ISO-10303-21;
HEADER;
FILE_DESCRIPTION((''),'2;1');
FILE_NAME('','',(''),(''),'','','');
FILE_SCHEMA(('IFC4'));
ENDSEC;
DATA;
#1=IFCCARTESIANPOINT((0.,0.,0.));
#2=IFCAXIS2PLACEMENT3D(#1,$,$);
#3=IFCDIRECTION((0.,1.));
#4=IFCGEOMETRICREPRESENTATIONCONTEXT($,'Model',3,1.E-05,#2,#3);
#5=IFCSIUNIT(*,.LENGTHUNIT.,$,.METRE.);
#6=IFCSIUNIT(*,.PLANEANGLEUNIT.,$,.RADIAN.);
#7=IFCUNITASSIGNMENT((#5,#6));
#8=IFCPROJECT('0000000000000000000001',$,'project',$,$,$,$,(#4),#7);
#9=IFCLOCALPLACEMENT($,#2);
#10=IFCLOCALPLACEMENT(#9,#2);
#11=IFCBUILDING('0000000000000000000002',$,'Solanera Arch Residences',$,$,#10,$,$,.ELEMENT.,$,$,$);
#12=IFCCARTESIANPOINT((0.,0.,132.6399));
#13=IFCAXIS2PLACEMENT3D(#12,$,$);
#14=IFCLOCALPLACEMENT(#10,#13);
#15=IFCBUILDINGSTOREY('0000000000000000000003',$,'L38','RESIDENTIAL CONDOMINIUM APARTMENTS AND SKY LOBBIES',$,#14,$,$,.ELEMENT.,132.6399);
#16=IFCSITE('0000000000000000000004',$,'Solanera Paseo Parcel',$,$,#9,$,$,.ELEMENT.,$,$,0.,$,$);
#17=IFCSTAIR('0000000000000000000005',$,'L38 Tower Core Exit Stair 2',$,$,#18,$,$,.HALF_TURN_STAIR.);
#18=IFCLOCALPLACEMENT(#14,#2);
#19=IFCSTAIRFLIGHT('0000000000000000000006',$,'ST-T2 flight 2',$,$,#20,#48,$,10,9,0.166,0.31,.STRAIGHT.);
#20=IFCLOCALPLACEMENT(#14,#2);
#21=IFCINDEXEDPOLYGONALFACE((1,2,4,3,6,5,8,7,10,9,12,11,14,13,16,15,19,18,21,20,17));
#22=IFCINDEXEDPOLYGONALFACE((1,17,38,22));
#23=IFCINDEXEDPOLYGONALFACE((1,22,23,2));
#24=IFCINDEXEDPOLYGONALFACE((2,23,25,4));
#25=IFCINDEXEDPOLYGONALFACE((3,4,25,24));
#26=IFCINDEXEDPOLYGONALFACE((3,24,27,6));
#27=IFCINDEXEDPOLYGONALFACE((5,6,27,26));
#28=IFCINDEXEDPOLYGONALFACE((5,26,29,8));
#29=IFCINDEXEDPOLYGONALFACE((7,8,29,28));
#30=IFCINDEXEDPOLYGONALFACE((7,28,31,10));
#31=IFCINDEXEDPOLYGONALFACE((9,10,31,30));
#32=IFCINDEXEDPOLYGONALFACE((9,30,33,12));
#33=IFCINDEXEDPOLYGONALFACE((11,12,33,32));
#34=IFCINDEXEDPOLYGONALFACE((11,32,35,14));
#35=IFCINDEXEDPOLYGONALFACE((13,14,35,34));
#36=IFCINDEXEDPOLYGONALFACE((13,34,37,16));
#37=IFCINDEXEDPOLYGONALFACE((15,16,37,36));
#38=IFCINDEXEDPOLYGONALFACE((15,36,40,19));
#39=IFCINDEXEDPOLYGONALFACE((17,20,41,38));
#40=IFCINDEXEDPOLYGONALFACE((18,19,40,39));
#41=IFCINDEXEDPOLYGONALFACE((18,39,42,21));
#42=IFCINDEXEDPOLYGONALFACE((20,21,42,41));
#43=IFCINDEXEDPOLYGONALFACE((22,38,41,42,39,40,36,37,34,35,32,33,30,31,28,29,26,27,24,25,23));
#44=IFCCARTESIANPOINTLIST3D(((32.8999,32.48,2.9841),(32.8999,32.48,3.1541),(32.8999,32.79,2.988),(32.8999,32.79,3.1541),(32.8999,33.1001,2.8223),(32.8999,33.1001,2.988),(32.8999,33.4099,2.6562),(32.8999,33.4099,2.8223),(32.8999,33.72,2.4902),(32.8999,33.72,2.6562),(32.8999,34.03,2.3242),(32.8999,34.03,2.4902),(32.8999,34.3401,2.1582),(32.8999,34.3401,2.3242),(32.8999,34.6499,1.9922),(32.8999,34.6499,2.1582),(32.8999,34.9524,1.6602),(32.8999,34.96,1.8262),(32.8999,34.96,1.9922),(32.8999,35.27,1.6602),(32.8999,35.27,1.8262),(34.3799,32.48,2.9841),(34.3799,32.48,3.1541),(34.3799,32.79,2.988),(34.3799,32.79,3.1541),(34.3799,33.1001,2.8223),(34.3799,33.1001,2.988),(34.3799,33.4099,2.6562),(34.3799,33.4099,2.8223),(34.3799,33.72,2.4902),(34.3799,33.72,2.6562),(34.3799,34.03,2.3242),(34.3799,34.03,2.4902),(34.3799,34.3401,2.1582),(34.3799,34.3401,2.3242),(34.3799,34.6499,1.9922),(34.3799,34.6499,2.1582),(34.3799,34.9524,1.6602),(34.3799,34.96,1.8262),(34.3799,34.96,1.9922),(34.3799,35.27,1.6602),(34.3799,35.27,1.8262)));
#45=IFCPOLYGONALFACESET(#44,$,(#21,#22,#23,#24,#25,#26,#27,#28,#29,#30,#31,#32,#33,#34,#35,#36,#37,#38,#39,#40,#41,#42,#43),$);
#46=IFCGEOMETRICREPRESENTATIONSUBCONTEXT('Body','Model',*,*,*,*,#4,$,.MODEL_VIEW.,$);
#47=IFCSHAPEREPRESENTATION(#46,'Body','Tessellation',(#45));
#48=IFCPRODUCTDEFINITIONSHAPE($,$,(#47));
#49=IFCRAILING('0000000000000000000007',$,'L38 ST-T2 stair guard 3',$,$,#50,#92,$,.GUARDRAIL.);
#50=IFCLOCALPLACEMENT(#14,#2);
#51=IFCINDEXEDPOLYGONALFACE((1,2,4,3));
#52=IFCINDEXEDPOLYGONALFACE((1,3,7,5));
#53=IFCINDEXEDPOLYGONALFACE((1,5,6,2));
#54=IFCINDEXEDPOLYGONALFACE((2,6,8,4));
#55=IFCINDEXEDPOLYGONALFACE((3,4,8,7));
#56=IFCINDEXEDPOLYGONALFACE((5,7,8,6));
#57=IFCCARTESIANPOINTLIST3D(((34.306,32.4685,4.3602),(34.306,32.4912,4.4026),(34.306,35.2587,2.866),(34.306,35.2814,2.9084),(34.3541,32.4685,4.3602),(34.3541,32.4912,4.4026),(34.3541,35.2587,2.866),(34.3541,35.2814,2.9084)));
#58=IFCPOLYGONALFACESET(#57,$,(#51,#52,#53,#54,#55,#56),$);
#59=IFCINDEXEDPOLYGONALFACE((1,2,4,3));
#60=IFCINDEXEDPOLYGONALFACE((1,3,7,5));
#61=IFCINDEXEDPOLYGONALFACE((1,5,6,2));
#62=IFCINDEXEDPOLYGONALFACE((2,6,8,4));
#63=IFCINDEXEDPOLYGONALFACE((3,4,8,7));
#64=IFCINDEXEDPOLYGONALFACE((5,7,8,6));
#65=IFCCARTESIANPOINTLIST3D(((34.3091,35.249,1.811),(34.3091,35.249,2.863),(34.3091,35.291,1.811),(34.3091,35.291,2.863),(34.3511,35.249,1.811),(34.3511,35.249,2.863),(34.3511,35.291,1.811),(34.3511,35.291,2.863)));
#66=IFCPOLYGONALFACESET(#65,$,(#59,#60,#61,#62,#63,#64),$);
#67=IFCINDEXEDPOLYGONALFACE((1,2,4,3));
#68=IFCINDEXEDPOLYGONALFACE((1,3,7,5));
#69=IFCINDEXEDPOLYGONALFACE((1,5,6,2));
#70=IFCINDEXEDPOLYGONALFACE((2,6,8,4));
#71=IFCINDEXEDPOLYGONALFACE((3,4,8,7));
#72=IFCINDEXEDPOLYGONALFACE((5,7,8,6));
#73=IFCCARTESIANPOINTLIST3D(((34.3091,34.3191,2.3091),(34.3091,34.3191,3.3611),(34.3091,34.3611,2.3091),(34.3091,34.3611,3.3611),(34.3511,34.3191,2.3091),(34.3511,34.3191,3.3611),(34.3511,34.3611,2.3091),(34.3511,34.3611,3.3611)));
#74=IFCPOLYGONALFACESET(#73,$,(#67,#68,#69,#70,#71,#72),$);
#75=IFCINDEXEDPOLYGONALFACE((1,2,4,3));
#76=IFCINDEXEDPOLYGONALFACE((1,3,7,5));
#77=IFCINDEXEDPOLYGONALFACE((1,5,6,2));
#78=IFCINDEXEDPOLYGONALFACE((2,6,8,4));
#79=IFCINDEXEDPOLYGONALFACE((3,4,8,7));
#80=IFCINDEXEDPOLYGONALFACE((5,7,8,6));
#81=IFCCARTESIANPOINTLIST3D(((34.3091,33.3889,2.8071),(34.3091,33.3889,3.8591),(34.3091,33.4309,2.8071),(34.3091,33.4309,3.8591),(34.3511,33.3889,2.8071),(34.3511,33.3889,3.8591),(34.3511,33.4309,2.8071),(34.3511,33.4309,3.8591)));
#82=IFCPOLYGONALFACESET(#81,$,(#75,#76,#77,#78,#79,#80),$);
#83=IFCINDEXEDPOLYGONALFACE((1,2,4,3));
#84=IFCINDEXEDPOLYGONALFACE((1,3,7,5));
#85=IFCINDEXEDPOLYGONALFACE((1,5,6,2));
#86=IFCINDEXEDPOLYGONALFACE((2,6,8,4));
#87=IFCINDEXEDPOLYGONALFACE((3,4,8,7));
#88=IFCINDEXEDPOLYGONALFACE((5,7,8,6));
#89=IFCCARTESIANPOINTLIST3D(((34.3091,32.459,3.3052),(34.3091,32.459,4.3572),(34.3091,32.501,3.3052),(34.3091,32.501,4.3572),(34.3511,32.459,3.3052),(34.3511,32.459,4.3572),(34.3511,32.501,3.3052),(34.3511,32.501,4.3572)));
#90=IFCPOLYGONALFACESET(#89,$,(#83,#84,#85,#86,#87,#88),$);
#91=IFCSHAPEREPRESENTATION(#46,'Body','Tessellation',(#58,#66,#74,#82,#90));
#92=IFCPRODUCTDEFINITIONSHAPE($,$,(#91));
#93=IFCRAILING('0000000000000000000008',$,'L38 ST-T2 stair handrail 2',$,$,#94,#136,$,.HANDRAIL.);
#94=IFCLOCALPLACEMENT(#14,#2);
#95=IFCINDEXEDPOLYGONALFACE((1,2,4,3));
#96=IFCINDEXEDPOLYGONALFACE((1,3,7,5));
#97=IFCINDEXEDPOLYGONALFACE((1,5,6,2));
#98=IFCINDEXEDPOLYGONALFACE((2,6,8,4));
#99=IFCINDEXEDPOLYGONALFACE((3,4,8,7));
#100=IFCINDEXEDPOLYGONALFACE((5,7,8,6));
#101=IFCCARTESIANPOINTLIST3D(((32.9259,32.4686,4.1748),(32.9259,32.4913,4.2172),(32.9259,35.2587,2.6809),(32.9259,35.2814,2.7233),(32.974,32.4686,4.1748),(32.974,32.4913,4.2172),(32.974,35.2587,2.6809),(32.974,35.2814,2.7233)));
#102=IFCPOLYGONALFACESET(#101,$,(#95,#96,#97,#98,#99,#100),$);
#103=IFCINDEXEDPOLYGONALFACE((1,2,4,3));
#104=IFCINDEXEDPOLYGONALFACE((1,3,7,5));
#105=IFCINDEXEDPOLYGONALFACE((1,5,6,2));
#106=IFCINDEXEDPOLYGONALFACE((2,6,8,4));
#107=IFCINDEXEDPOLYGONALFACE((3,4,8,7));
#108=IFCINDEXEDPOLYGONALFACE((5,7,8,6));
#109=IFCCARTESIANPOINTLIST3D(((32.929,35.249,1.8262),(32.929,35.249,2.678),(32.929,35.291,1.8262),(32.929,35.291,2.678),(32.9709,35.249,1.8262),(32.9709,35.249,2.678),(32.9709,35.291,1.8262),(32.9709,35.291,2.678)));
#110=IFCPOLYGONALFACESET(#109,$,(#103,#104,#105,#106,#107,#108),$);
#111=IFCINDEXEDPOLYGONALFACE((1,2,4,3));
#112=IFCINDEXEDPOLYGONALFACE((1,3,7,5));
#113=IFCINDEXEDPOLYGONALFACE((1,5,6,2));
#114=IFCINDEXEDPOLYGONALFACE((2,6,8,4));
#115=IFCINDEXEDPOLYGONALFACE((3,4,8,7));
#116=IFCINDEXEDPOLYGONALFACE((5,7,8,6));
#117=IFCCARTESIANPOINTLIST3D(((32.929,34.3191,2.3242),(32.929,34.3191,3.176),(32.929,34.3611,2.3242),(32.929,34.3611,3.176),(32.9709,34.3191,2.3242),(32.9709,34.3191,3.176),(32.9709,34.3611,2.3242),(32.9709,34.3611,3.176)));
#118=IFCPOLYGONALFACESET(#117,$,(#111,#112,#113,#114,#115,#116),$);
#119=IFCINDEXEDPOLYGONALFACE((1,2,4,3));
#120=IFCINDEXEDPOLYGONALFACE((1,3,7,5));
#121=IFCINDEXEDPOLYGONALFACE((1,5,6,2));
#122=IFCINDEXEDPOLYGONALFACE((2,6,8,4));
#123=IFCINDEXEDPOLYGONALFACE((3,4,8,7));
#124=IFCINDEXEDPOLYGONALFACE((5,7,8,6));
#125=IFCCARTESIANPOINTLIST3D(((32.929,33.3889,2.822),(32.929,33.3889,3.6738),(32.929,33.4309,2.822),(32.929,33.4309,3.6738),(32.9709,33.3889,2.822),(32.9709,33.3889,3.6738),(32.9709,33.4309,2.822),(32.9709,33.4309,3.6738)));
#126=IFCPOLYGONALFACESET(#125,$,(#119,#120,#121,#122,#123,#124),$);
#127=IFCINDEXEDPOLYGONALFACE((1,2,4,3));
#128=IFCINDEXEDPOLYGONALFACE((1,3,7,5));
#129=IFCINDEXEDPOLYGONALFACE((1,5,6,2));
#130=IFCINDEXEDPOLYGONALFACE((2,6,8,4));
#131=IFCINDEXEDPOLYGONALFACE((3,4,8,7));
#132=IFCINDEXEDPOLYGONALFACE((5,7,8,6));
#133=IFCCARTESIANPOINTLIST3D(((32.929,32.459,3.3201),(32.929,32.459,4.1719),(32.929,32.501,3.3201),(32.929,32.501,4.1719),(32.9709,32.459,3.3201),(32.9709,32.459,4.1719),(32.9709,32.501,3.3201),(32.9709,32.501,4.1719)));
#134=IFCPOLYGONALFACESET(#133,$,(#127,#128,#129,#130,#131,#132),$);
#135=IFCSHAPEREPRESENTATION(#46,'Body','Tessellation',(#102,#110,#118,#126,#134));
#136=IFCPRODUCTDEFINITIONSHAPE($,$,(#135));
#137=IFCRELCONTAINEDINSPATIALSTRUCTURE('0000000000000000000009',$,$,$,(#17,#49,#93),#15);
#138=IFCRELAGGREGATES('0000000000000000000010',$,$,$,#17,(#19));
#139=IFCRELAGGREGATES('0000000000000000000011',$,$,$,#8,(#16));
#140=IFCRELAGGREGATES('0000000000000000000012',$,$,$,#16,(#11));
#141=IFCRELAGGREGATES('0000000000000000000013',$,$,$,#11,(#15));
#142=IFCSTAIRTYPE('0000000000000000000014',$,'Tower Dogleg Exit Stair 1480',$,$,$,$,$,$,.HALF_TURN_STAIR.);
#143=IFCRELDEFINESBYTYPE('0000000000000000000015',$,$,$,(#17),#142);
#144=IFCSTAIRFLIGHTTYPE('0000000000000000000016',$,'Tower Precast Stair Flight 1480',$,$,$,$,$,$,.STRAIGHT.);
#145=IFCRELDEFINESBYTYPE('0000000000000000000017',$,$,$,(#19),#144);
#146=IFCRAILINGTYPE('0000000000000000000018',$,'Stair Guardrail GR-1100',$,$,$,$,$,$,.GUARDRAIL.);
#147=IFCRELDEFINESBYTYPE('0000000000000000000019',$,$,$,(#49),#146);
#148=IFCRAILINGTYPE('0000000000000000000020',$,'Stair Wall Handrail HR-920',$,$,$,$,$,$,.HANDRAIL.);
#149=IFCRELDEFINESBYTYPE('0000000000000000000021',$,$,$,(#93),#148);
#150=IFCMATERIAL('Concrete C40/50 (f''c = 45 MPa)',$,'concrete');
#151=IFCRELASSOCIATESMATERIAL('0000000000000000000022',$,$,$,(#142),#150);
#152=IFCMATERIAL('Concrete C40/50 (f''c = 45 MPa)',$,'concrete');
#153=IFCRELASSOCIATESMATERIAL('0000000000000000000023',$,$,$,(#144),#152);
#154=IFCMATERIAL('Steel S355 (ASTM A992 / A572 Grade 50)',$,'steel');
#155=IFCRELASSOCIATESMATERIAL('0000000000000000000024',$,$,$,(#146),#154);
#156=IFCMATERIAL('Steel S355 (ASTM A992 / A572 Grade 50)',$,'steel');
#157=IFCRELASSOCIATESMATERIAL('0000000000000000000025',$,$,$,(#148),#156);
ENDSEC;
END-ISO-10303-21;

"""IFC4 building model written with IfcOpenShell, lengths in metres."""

from ifc_helpers import new_model, si_unit, direction, frame, origin, origin_2d, place, context, subcontext, project, spatial, polyline, rectangle, outline, extrude, material, type_object, element, aggregate, save


model = new_model("IFC4")

# Units and contexts
model_context = context("Model", 3, precision=1e-05, world=origin(), true_north=direction((0.0, 1.0)))
body_context = subcontext(model_context, "Body", "Model", "MODEL_VIEW")
ifc_project = project(units=[si_unit("LENGTHUNIT", "METRE"), si_unit("PLANEANGLEUNIT", "RADIAN")], contexts=[model_context])

# Site, building, storey
site_placement = place(None, origin())
site = spatial("IfcSite", under=ifc_project, at=site_placement, Name="Solanera Paseo Parcel", CompositionType="ELEMENT", RefElevation=0.0)
building_placement = place(site_placement, origin())
building = spatial("IfcBuilding", under=site, at=building_placement, Name="Solanera Arch Residences", CompositionType="ELEMENT")
storey_placement = place(building_placement, frame((0.0, 0.0, 132.6399)))
storey = spatial("IfcBuildingStorey", under=building, at=storey_placement, Name="L38", Description="RESIDENTIAL CONDOMINIUM APARTMENTS AND SKY LOBBIES", CompositionType="ELEMENT", Elevation=132.6399)

# Stair, stair flight
ifc_material_1 = material(Name="Concrete C40/50 (f'c = 45 MPa)", Category="concrete")
stair_type = type_object("IfcStairType", Name="Tower Dogleg Exit Stair 1480", PredefinedType="HALF_TURN_STAIR", material=ifc_material_1)
stair_placement = place(storey_placement, origin())
stair = element("IfcStair", 1, at=stair_placement, inside=storey, type_object=stair_type, Name="L38 Tower Core Exit Stair 2", PredefinedType="HALF_TURN_STAIR")
ifc_material_2 = material(Name="Concrete C40/50 (f'c = 45 MPa)", Category="concrete")
stair_flight_type = type_object("IfcStairFlightType", Name="Tower Precast Stair Flight 1480", PredefinedType="STRAIGHT", material=ifc_material_2)
stair_flight_placement = place(storey_placement, frame((33.6399, 35.27, 1.6602), z_axis=(0.0, 0.0, 1.0), x_axis=(0.0, -1.0, 0.0)))
stair_flight = element("IfcStairFlight", 2, at=stair_flight_placement, type_object=stair_flight_type, Name="ST-T2 flight 2", NumberOfRisers=10, NumberOfTreads=9, PredefinedType="STRAIGHT", RiserHeight=0.166, TreadLength=0.31, context=body_context, shape_type="SweptSolid", body=[
    extrude(outline(polyline([(0.0, 0.0), (0.0, 0.166), (0.3101, 0.166), (0.3101, 0.332), (0.6201, 0.332), (0.6201, 0.498), (0.9299, 0.498), (0.9299, 0.6641), (1.24, 0.6641), (1.24, 0.8301), (1.55, 0.8301), (1.55, 0.9961), (1.8601, 0.9961), (1.8601, 1.1621), (2.1699, 1.1621), (2.1699, 1.3279), (2.48, 1.3279), (2.48, 1.4939), (2.79, 1.4939), (2.79, 1.6599), (2.79, 1.324), (0.3176, 0.0), (0.0, 0.0)])), frame((0.0, 0.74, 0.0), z_axis=(0.0, -1.0, 0.0), x_axis=(1.0, 0.0, 0.0)), (0.0, 0.0, 1.0), 1.48),
])
aggregate(stair, [stair_flight])

# Railings
ifc_material_3 = material(Name="Steel S355 (ASTM A992 / A572 Grade 50)", Category="steel")
railing_type_1 = type_object("IfcRailingType", Name="Stair Guardrail GR-1100", PredefinedType="GUARDRAIL", material=ifc_material_3)
railing_1_placement = place(storey_placement, frame((34.3301, 35.27, 1.811)))
element("IfcRailing", 3, at=railing_1_placement, inside=storey, type_object=railing_type_1, Name="L38 ST-T2 stair guard 3", PredefinedType="GUARDRAIL", context=body_context, shape_type="SweptSolid", body=[
    extrude(rectangle(XDim=0.0481, YDim=0.0481, at=origin_2d()), frame((0.0, 0.0, 1.0762), z_axis=(0.0, -0.881549, 0.472093), x_axis=(1.0, 0.0, 0.0)), (0.0, 0.0, 1.0), 3.165),
    extrude(rectangle(XDim=0.042, YDim=0.042, at=origin_2d()), origin(), (0.0, 0.0, 1.0), 1.052),
    extrude(rectangle(XDim=0.042, YDim=0.042, at=origin_2d()), frame((0.0, -0.9299, 0.498)), (0.0, 0.0, 1.0), 1.052),
    extrude(rectangle(XDim=0.042, YDim=0.042, at=origin_2d()), frame((0.0, -1.8601, 0.9961)), (0.0, 0.0, 1.0), 1.052),
    extrude(rectangle(XDim=0.042, YDim=0.042, at=origin_2d()), frame((0.0, -2.79, 1.4941)), (0.0, 0.0, 1.0), 1.052),
])
ifc_material_4 = material(Name="Steel S355 (ASTM A992 / A572 Grade 50)", Category="steel")
railing_type_2 = type_object("IfcRailingType", Name="Stair Wall Handrail HR-920", PredefinedType="HANDRAIL", material=ifc_material_4)
railing_2_placement = place(storey_placement, frame((32.95, 35.27, 1.8262)))
element("IfcRailing", 4, at=railing_2_placement, inside=storey, type_object=railing_type_2, Name="L38 ST-T2 stair handrail 2", PredefinedType="HANDRAIL", context=body_context, shape_type="SweptSolid", body=[
    extrude(rectangle(XDim=0.0481, YDim=0.0481, at=origin_2d()), frame((0.0, 0.0, 0.876), z_axis=(0.0, -0.881581, 0.472033), x_axis=(1.0, 0.0, 0.0)), (0.0, 0.0, 1.0), 3.1648),
    extrude(rectangle(XDim=0.042, YDim=0.042, at=origin_2d()), origin(), (0.0, 0.0, 1.0), 0.8518),
    extrude(rectangle(XDim=0.042, YDim=0.042, at=origin_2d()), frame((0.0, -0.9299, 0.498)), (0.0, 0.0, 1.0), 0.8518),
    extrude(rectangle(XDim=0.042, YDim=0.042, at=origin_2d()), frame((0.0, -1.8601, 0.9958)), (0.0, 0.0, 1.0), 0.8518),
    extrude(rectangle(XDim=0.042, YDim=0.042, at=origin_2d()), frame((0.0, -2.79, 1.4939)), (0.0, 0.0, 1.0), 0.8518),
])

save(model, "model.ifc")
